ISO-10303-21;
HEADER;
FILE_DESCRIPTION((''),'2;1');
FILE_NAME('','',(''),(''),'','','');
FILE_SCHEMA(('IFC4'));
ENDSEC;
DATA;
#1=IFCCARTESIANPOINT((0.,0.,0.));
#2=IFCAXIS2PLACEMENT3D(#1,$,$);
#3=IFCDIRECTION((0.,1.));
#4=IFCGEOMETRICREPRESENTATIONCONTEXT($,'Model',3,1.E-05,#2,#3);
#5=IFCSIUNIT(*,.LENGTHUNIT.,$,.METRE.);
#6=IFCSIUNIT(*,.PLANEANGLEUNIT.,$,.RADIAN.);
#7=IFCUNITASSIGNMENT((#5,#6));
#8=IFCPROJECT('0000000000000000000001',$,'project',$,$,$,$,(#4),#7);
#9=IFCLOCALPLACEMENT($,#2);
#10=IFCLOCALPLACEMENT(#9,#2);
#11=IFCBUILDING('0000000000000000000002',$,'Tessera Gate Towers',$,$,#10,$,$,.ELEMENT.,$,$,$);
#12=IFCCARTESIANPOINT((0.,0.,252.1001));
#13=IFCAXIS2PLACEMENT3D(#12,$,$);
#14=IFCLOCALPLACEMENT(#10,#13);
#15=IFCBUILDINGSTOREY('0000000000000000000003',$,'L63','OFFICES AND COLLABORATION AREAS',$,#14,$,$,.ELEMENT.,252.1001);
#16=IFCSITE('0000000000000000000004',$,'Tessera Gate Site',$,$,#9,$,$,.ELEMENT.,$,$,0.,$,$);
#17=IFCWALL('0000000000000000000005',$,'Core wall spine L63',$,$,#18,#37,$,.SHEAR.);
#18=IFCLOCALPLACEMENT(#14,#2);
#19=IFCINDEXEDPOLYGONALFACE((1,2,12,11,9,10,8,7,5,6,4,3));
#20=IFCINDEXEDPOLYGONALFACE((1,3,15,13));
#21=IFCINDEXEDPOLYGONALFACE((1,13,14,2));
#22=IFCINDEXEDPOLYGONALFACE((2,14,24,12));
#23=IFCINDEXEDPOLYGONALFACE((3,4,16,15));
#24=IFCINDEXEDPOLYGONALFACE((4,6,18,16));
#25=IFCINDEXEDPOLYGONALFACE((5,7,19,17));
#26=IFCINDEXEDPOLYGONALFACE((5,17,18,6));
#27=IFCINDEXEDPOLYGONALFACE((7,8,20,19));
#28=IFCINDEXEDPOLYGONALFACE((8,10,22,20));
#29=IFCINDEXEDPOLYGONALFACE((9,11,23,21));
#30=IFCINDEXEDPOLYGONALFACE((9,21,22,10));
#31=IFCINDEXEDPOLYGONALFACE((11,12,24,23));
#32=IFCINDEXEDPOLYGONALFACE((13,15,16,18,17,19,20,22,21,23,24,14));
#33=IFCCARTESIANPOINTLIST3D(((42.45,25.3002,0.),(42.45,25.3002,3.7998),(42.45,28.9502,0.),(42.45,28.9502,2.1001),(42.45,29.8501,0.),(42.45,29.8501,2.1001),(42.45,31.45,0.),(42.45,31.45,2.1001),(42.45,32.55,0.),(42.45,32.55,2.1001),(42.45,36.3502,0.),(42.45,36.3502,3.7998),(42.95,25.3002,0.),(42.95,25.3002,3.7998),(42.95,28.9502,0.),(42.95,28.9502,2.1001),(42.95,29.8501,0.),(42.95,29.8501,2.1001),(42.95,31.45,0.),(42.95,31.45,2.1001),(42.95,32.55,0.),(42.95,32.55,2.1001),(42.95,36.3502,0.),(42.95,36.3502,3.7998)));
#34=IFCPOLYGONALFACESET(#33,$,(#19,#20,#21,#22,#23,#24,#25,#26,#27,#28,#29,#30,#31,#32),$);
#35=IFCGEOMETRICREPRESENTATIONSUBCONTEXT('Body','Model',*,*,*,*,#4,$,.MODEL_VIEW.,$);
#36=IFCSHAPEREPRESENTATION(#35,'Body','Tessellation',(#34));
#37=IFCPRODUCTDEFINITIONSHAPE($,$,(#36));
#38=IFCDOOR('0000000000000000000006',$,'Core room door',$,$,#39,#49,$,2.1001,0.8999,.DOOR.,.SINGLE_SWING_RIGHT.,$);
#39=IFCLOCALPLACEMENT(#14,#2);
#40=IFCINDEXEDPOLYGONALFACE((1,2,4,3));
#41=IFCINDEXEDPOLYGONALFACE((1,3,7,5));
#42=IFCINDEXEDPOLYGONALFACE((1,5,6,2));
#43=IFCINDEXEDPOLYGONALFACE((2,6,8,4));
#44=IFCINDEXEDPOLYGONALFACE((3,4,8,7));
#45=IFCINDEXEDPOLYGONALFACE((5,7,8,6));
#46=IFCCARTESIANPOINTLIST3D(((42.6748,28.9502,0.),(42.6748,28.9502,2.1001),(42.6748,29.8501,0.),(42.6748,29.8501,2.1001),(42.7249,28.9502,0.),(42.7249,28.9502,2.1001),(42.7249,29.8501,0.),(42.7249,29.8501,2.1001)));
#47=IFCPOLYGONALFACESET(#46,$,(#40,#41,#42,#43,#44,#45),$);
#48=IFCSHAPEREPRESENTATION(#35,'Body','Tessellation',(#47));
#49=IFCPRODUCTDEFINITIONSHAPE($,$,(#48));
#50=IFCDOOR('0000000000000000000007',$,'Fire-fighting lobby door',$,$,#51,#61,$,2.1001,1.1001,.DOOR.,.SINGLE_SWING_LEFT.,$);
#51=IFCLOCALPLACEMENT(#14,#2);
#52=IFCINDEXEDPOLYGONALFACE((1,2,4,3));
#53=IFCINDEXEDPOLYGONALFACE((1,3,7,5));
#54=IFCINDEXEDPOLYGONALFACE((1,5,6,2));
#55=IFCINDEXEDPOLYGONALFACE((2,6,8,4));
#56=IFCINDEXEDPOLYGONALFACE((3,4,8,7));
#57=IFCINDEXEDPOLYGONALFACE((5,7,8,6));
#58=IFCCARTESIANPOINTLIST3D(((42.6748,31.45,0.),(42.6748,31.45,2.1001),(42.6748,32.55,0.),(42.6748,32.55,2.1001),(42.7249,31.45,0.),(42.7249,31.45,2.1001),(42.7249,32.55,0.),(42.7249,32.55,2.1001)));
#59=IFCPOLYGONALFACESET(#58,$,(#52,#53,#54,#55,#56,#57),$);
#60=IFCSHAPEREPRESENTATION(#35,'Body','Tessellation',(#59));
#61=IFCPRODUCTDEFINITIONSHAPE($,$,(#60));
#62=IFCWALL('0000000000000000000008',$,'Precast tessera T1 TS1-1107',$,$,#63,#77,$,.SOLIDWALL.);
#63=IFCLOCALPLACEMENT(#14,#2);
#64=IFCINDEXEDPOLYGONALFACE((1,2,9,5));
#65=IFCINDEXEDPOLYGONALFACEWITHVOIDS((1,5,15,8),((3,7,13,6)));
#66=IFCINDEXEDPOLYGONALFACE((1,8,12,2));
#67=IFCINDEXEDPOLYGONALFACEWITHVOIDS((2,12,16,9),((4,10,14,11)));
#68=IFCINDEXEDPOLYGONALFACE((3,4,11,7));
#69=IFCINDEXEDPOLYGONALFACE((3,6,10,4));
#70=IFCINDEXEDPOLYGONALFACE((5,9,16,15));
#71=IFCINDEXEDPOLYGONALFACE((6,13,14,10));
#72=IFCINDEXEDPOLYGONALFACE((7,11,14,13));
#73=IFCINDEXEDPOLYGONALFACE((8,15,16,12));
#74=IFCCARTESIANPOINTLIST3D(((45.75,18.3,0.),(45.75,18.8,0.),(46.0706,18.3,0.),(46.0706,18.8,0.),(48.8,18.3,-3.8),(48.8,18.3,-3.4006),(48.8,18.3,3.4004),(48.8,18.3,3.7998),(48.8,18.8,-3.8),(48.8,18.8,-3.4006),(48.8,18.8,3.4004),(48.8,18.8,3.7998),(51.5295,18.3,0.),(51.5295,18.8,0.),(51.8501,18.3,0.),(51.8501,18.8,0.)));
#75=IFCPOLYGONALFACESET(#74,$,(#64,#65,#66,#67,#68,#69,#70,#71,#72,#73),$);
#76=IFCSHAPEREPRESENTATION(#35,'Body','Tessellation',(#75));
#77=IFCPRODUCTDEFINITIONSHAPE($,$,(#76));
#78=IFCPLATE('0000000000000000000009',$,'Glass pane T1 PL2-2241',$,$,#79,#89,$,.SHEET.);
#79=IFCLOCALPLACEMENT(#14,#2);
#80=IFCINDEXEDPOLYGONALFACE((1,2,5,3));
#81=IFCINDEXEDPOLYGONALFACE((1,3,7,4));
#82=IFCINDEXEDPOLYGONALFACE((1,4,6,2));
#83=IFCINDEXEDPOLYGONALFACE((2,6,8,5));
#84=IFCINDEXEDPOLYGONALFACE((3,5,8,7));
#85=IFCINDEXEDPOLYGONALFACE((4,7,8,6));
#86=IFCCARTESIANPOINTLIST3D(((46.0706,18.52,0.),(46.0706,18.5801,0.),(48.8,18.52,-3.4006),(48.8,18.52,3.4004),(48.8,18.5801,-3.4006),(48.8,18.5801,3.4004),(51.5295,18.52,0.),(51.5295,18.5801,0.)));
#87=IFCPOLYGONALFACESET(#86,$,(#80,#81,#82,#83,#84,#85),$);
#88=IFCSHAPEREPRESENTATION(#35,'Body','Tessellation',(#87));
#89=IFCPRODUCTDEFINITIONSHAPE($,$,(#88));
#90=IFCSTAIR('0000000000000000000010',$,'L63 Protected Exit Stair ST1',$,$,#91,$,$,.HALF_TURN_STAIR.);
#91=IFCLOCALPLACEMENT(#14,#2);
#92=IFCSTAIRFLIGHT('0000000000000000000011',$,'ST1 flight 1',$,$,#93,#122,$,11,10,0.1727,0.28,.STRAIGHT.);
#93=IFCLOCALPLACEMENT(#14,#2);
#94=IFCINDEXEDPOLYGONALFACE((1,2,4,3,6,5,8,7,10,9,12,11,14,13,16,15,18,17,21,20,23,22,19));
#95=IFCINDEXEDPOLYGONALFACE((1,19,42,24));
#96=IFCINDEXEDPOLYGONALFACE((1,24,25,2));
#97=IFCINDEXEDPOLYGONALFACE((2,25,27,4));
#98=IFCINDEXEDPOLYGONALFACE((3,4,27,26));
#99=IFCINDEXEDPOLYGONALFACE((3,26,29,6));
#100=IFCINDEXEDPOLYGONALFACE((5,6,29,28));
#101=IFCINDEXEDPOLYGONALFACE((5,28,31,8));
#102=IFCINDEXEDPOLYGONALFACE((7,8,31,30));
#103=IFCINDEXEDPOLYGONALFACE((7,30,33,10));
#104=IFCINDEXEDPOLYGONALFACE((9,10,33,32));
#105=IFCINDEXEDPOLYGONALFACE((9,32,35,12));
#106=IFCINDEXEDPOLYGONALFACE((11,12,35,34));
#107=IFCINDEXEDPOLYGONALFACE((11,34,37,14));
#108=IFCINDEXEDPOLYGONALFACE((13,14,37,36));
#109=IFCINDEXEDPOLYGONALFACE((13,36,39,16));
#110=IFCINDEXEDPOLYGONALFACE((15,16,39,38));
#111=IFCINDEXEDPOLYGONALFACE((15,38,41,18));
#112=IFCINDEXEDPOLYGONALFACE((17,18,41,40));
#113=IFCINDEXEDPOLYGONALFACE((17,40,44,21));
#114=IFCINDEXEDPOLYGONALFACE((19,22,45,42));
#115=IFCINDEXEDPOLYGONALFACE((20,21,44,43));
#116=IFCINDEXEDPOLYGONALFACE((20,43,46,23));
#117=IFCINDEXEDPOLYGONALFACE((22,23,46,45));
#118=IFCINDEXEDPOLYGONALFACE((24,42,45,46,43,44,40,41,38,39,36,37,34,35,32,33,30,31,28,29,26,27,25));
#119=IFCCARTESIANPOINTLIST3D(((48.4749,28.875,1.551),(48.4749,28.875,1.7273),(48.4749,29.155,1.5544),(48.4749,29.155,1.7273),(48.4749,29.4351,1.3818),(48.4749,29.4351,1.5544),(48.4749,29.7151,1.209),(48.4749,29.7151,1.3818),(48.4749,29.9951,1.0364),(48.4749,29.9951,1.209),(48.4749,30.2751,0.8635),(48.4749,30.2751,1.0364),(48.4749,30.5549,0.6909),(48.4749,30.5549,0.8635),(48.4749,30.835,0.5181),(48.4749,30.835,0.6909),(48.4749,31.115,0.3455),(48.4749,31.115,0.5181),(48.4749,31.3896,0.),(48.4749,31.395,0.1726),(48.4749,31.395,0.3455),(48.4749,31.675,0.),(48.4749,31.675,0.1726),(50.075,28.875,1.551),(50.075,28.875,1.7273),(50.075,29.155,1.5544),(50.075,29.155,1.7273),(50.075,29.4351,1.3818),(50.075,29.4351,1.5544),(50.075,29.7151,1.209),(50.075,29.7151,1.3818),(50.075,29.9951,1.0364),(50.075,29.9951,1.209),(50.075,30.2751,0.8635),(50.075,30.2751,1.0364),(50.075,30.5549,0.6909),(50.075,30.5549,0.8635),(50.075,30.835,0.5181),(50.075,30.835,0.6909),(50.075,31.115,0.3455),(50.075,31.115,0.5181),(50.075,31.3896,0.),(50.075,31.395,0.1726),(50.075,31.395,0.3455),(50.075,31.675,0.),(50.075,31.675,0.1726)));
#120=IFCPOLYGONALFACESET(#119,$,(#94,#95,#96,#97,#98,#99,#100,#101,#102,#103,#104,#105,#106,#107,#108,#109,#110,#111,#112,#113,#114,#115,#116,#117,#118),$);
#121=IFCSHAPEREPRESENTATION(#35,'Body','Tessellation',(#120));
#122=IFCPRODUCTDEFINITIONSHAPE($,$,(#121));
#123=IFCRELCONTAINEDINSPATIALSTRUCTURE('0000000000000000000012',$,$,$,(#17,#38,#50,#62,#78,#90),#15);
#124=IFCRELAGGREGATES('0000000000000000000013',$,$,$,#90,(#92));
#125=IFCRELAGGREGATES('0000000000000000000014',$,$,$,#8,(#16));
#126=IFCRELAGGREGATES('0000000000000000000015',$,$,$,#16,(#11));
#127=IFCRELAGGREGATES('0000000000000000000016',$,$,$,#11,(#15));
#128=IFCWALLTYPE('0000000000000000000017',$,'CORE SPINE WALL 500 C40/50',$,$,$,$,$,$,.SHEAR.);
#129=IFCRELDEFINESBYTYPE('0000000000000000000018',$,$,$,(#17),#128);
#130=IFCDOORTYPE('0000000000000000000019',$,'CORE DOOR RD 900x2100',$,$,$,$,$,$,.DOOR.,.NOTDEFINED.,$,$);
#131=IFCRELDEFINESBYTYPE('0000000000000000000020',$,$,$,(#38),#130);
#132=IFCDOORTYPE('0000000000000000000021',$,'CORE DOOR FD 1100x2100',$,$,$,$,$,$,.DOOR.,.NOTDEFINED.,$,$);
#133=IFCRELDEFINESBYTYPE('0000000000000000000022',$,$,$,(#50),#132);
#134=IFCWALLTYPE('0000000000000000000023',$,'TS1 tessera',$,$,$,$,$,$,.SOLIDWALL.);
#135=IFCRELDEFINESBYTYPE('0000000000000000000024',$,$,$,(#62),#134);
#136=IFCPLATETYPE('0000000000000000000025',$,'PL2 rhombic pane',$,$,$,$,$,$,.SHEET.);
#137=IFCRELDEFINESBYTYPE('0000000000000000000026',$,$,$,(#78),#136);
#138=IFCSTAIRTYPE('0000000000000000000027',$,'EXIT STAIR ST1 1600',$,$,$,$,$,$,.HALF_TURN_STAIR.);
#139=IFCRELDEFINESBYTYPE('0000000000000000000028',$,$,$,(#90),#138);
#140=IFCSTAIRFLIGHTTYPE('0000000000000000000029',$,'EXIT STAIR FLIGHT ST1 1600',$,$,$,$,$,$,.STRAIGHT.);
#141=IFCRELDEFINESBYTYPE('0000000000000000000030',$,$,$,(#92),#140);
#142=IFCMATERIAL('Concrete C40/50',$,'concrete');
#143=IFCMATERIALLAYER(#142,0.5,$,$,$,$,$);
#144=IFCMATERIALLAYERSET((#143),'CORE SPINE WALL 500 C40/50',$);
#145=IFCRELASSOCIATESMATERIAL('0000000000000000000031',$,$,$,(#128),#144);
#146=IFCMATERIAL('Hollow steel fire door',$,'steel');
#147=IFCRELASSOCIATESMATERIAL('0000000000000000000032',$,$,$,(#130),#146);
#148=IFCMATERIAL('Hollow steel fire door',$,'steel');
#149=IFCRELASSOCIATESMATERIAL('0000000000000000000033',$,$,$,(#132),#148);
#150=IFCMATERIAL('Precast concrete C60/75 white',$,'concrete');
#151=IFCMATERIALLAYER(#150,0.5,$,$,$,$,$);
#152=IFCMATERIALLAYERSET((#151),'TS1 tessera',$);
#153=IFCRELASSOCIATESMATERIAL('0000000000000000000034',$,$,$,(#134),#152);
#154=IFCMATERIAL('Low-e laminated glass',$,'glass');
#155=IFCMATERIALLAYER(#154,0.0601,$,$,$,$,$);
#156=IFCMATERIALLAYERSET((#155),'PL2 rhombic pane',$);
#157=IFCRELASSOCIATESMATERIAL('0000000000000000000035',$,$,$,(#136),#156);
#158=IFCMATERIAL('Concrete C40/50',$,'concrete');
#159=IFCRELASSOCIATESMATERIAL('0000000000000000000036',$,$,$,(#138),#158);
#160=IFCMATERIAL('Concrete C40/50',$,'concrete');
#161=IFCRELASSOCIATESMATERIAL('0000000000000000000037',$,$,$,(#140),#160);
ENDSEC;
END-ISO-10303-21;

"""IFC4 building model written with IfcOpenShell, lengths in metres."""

from ifc_helpers import new_model, si_unit, direction, frame, frame_2d, origin, place, context, subcontext, project, spatial, polyline, rectangle, outline, extrude, source, transform, mapped, material, layer, layer_set, type_object, element, fill, aggregate, save


model = new_model("IFC4")

# Units and contexts
model_context = context("Model", 3, precision=1e-05, world=origin(), true_north=direction((0.0, 1.0)))
body_context = subcontext(model_context, "Body", "Model", "MODEL_VIEW")
ifc_project = project(units=[si_unit("LENGTHUNIT", "METRE"), si_unit("PLANEANGLEUNIT", "RADIAN")], contexts=[model_context])

# Site, building, storey
site_placement = place(None, origin())
site = spatial("IfcSite", under=ifc_project, at=site_placement, Name="Tessera Gate Site", CompositionType="ELEMENT", RefElevation=0.0)
building_placement = place(site_placement, origin())
building = spatial("IfcBuilding", under=site, at=building_placement, Name="Tessera Gate Towers", CompositionType="ELEMENT")
storey_placement = place(building_placement, frame((0.0, 0.0, 252.1001)))
storey = spatial("IfcBuildingStorey", under=building, at=storey_placement, Name="L63", Description="OFFICES AND COLLABORATION AREAS", CompositionType="ELEMENT", Elevation=252.1001)

# Wall, openings, doors
ifc_material_1 = material(Name="Concrete C40/50", Category="concrete")
ifc_layer_1 = layer(ifc_material_1, 0.5)
ifc_layer_set_1 = layer_set([ifc_layer_1], Name="CORE SPINE WALL 500 C40/50")
wall_type_1 = type_object("IfcWallType", Name="CORE SPINE WALL 500 C40/50", PredefinedType="SHEAR", material=ifc_layer_set_1)
wall_1_placement = place(storey_placement, frame((42.7, 36.3501, 0.0), z_axis=(0.0, 0.0, 1.0), x_axis=(0.0, -1.0, 0.0)))
wall_1 = element("IfcWall", 1, at=wall_1_placement, inside=storey, type_object=wall_type_1, Name="Core wall spine L63", PredefinedType="SHEAR", context=body_context, shape_type="SweptSolid", body=[
    extrude(rectangle(XDim=11.05, YDim=0.5, at=frame_2d((5.5249, 0.0))), origin(), (0.0, 0.0, 1.0), 3.7998),
])
shared_shape_1 = source(origin(), body_context, "Body", "SweptSolid", [
    extrude(rectangle(XDim=0.8999, YDim=2.1001, at=frame_2d((0.45, 1.05))), frame((0.0, 0.26, 0.0), z_axis=(0.0, -1.0, 0.0), x_axis=(1.0, 0.0, 0.0)), (0.0, 0.0, 1.0), 0.52),
])
opening_1_placement = place(wall_1_placement, frame((6.5, 0.0, 0.0)))
opening_1 = element("IfcOpeningElement", 2, at=opening_1_placement, cuts=wall_1, PredefinedType="OPENING", context=body_context, shape_type="MappedRepresentation", body=[
    mapped(shared_shape_1, transform((0.0, 0.0, 0.0), scale=1.0)),
])
shared_shape_2 = source(origin(), body_context, "Body", "SweptSolid", [
    extrude(rectangle(XDim=1.1001, YDim=2.1001, at=frame_2d((0.55, 1.05))), frame((0.0, 0.26, 0.0), z_axis=(0.0, -1.0, 0.0), x_axis=(1.0, 0.0, 0.0)), (0.0, 0.0, 1.0), 0.52),
])
opening_2_placement = place(wall_1_placement, frame((3.8, 0.0, 0.0)))
opening_2 = element("IfcOpeningElement", 3, at=opening_2_placement, cuts=wall_1, PredefinedType="OPENING", context=body_context, shape_type="MappedRepresentation", body=[
    mapped(shared_shape_2, transform((0.0, 0.0, 0.0), scale=1.0)),
])
ifc_material_2 = material(Name="Hollow steel fire door", Category="steel")
door_type_1 = type_object("IfcDoorType", Name="CORE DOOR RD 900x2100", OperationType="NOTDEFINED", PredefinedType="DOOR", material=ifc_material_2)
shared_shape_3 = source(origin(), body_context, "Body", "SweptSolid", [
    extrude(rectangle(XDim=0.8999, YDim=2.1001, at=frame_2d((0.45, 1.05))), frame((0.0, 0.0249, 0.0), z_axis=(0.0, -1.0, 0.0), x_axis=(1.0, 0.0, 0.0)), (0.0, 0.0, 1.0), 0.05),
])
door_1_placement = place(opening_1_placement, origin())
door_1 = element("IfcDoor", 4, at=door_1_placement, inside=storey, type_object=door_type_1, Name="Core room door", OperationType="SINGLE_SWING_RIGHT", OverallHeight=2.1001, OverallWidth=0.8999, PredefinedType="DOOR", context=body_context, shape_type="MappedRepresentation", body=[
    mapped(shared_shape_3, transform((0.0, 0.0, 0.0), scale=1.0)),
])
fill(opening_1, door_1)
ifc_material_3 = material(Name="Hollow steel fire door", Category="steel")
door_type_2 = type_object("IfcDoorType", Name="CORE DOOR FD 1100x2100", OperationType="NOTDEFINED", PredefinedType="DOOR", material=ifc_material_3)
shared_shape_4 = source(origin(), body_context, "Body", "SweptSolid", [
    extrude(rectangle(XDim=1.1001, YDim=2.1001, at=frame_2d((0.55, 1.05))), frame((0.0, 0.0249, 0.0), z_axis=(0.0, -1.0, 0.0), x_axis=(1.0, 0.0, 0.0)), (0.0, 0.0, 1.0), 0.05),
])
door_2_placement = place(opening_2_placement, origin())
door_2 = element("IfcDoor", 5, at=door_2_placement, inside=storey, type_object=door_type_2, Name="Fire-fighting lobby door", OperationType="SINGLE_SWING_LEFT", OverallHeight=2.1001, OverallWidth=1.1001, PredefinedType="DOOR", context=body_context, shape_type="MappedRepresentation", body=[
    mapped(shared_shape_4, transform((0.0, 0.0, 0.0), scale=1.0)),
])
fill(opening_2, door_2)

# Wall, opening, plate
ifc_material_4 = material(Name="Precast concrete C60/75 white", Category="concrete")
ifc_layer_2 = layer(ifc_material_4, 0.5)
ifc_layer_set_2 = layer_set([ifc_layer_2], Name="TS1 tessera")
wall_type_2 = type_object("IfcWallType", Name="TS1 tessera", PredefinedType="SOLIDWALL", material=ifc_layer_set_2)
shared_shape_5 = source(origin(), body_context, "Body", "SweptSolid", [
    extrude(outline(polyline([(3.05, 0.0), (6.1001, 3.8), (3.05, 7.5999), (0.0, 3.8), (3.05, 0.0)])), frame((0.0, 0.25, 0.0), z_axis=(0.0, -1.0, 0.0), x_axis=(1.0, 0.0, 0.0)), (0.0, 0.0, 1.0), 0.5),
])
wall_2_placement = place(storey_placement, frame((45.75, 18.55, -3.8), z_axis=(0.0, 0.0, 1.0), x_axis=(1.0, 0.0, 0.0)))
wall_2 = element("IfcWall", 6, at=wall_2_placement, inside=storey, type_object=wall_type_2, Name="Precast tessera T1 TS1-1107", PredefinedType="SOLIDWALL", context=body_context, shape_type="MappedRepresentation", body=[
    mapped(shared_shape_5, transform((0.0, 0.0, 0.0), scale=1.0)),
])
shared_shape_6 = source(origin(), body_context, "Body", "SweptSolid", [
    extrude(outline(polyline([(3.05, 0.3994), (5.7795, 3.8), (3.05, 7.2004), (0.3206, 3.8), (3.05, 0.3994)])), frame((0.0, 0.26, 0.0), z_axis=(0.0, -1.0, 0.0), x_axis=(1.0, 0.0, 0.0)), (0.0, 0.0, 1.0), 0.52),
])
opening_3_placement = place(wall_2_placement, origin())
opening_3 = element("IfcOpeningElement", 7, at=opening_3_placement, cuts=wall_2, PredefinedType="OPENING", context=body_context, shape_type="MappedRepresentation", body=[
    mapped(shared_shape_6, transform((0.0, 0.0, 0.0), scale=1.0)),
])
ifc_material_5 = material(Name="Low-e laminated glass", Category="glass")
ifc_layer_3 = layer(ifc_material_5, 0.0601)
ifc_layer_set_3 = layer_set([ifc_layer_3], Name="PL2 rhombic pane")
plate_type = type_object("IfcPlateType", Name="PL2 rhombic pane", PredefinedType="SHEET", material=ifc_layer_set_3)
shared_shape_7 = source(origin(), body_context, "Body", "SweptSolid", [
    extrude(outline(polyline([(3.05, 0.3994), (5.7795, 3.8), (3.05, 7.2004), (0.3206, 3.8), (3.05, 0.3994)])), frame((0.0, 0.03, 0.0), z_axis=(0.0, -1.0, 0.0), x_axis=(1.0, 0.0, 0.0)), (0.0, 0.0, 1.0), 0.0601),
])
plate_placement = place(opening_3_placement, origin())
plate = element("IfcPlate", 8, at=plate_placement, inside=storey, type_object=plate_type, Name="Glass pane T1 PL2-2241", PredefinedType="SHEET", context=body_context, shape_type="MappedRepresentation", body=[
    mapped(shared_shape_7, transform((0.0, 0.0, 0.0), scale=1.0)),
])
fill(opening_3, plate)

# Stair, stair flight
ifc_material_6 = material(Name="Concrete C40/50", Category="concrete")
stair_type = type_object("IfcStairType", Name="EXIT STAIR ST1 1600", PredefinedType="HALF_TURN_STAIR", material=ifc_material_6)
stair_placement = place(storey_placement, origin())
stair = element("IfcStair", 9, at=stair_placement, inside=storey, type_object=stair_type, Name="L63 Protected Exit Stair ST1", PredefinedType="HALF_TURN_STAIR")
ifc_material_7 = material(Name="Concrete C40/50", Category="concrete")
stair_flight_type = type_object("IfcStairFlightType", Name="EXIT STAIR FLIGHT ST1 1600", PredefinedType="STRAIGHT", material=ifc_material_7)
stair_flight_placement = place(storey_placement, frame((49.2749, 31.675, 0.0), z_axis=(0.0, 0.0, 1.0), x_axis=(0.0, -1.0, 0.0)))
stair_flight = element("IfcStairFlight", 10, at=stair_flight_placement, type_object=stair_flight_type, Name="ST1 flight 1", NumberOfRisers=11, NumberOfTreads=10, PredefinedType="STRAIGHT", RiserHeight=0.1727, TreadLength=0.28, context=body_context, shape_type="SweptSolid", body=[
    extrude(outline(polyline([(0.0, 0.0), (0.0, 0.1726), (0.28, 0.1726), (0.28, 0.3455), (0.5601, 0.3455), (0.5601, 0.5181), (0.8401, 0.5181), (0.8401, 0.6909), (1.1201, 0.6909), (1.1201, 0.8635), (1.3999, 0.8635), (1.3999, 1.0364), (1.6799, 1.0364), (1.6799, 1.209), (1.96, 1.209), (1.96, 1.3818), (2.24, 1.3818), (2.24, 1.5544), (2.52, 1.5544), (2.52, 1.7273), (2.8, 1.7273), (2.8, 1.8999), (2.8, 1.551), (0.2854, 0.0), (0.0, 0.0)])), frame((0.0, 0.8, 0.0), z_axis=(0.0, -1.0, 0.0), x_axis=(1.0, 0.0, 0.0)), (0.0, 0.0, 1.0), 1.6001),
])
aggregate(stair, [stair_flight])

save(model, "model.ifc")
